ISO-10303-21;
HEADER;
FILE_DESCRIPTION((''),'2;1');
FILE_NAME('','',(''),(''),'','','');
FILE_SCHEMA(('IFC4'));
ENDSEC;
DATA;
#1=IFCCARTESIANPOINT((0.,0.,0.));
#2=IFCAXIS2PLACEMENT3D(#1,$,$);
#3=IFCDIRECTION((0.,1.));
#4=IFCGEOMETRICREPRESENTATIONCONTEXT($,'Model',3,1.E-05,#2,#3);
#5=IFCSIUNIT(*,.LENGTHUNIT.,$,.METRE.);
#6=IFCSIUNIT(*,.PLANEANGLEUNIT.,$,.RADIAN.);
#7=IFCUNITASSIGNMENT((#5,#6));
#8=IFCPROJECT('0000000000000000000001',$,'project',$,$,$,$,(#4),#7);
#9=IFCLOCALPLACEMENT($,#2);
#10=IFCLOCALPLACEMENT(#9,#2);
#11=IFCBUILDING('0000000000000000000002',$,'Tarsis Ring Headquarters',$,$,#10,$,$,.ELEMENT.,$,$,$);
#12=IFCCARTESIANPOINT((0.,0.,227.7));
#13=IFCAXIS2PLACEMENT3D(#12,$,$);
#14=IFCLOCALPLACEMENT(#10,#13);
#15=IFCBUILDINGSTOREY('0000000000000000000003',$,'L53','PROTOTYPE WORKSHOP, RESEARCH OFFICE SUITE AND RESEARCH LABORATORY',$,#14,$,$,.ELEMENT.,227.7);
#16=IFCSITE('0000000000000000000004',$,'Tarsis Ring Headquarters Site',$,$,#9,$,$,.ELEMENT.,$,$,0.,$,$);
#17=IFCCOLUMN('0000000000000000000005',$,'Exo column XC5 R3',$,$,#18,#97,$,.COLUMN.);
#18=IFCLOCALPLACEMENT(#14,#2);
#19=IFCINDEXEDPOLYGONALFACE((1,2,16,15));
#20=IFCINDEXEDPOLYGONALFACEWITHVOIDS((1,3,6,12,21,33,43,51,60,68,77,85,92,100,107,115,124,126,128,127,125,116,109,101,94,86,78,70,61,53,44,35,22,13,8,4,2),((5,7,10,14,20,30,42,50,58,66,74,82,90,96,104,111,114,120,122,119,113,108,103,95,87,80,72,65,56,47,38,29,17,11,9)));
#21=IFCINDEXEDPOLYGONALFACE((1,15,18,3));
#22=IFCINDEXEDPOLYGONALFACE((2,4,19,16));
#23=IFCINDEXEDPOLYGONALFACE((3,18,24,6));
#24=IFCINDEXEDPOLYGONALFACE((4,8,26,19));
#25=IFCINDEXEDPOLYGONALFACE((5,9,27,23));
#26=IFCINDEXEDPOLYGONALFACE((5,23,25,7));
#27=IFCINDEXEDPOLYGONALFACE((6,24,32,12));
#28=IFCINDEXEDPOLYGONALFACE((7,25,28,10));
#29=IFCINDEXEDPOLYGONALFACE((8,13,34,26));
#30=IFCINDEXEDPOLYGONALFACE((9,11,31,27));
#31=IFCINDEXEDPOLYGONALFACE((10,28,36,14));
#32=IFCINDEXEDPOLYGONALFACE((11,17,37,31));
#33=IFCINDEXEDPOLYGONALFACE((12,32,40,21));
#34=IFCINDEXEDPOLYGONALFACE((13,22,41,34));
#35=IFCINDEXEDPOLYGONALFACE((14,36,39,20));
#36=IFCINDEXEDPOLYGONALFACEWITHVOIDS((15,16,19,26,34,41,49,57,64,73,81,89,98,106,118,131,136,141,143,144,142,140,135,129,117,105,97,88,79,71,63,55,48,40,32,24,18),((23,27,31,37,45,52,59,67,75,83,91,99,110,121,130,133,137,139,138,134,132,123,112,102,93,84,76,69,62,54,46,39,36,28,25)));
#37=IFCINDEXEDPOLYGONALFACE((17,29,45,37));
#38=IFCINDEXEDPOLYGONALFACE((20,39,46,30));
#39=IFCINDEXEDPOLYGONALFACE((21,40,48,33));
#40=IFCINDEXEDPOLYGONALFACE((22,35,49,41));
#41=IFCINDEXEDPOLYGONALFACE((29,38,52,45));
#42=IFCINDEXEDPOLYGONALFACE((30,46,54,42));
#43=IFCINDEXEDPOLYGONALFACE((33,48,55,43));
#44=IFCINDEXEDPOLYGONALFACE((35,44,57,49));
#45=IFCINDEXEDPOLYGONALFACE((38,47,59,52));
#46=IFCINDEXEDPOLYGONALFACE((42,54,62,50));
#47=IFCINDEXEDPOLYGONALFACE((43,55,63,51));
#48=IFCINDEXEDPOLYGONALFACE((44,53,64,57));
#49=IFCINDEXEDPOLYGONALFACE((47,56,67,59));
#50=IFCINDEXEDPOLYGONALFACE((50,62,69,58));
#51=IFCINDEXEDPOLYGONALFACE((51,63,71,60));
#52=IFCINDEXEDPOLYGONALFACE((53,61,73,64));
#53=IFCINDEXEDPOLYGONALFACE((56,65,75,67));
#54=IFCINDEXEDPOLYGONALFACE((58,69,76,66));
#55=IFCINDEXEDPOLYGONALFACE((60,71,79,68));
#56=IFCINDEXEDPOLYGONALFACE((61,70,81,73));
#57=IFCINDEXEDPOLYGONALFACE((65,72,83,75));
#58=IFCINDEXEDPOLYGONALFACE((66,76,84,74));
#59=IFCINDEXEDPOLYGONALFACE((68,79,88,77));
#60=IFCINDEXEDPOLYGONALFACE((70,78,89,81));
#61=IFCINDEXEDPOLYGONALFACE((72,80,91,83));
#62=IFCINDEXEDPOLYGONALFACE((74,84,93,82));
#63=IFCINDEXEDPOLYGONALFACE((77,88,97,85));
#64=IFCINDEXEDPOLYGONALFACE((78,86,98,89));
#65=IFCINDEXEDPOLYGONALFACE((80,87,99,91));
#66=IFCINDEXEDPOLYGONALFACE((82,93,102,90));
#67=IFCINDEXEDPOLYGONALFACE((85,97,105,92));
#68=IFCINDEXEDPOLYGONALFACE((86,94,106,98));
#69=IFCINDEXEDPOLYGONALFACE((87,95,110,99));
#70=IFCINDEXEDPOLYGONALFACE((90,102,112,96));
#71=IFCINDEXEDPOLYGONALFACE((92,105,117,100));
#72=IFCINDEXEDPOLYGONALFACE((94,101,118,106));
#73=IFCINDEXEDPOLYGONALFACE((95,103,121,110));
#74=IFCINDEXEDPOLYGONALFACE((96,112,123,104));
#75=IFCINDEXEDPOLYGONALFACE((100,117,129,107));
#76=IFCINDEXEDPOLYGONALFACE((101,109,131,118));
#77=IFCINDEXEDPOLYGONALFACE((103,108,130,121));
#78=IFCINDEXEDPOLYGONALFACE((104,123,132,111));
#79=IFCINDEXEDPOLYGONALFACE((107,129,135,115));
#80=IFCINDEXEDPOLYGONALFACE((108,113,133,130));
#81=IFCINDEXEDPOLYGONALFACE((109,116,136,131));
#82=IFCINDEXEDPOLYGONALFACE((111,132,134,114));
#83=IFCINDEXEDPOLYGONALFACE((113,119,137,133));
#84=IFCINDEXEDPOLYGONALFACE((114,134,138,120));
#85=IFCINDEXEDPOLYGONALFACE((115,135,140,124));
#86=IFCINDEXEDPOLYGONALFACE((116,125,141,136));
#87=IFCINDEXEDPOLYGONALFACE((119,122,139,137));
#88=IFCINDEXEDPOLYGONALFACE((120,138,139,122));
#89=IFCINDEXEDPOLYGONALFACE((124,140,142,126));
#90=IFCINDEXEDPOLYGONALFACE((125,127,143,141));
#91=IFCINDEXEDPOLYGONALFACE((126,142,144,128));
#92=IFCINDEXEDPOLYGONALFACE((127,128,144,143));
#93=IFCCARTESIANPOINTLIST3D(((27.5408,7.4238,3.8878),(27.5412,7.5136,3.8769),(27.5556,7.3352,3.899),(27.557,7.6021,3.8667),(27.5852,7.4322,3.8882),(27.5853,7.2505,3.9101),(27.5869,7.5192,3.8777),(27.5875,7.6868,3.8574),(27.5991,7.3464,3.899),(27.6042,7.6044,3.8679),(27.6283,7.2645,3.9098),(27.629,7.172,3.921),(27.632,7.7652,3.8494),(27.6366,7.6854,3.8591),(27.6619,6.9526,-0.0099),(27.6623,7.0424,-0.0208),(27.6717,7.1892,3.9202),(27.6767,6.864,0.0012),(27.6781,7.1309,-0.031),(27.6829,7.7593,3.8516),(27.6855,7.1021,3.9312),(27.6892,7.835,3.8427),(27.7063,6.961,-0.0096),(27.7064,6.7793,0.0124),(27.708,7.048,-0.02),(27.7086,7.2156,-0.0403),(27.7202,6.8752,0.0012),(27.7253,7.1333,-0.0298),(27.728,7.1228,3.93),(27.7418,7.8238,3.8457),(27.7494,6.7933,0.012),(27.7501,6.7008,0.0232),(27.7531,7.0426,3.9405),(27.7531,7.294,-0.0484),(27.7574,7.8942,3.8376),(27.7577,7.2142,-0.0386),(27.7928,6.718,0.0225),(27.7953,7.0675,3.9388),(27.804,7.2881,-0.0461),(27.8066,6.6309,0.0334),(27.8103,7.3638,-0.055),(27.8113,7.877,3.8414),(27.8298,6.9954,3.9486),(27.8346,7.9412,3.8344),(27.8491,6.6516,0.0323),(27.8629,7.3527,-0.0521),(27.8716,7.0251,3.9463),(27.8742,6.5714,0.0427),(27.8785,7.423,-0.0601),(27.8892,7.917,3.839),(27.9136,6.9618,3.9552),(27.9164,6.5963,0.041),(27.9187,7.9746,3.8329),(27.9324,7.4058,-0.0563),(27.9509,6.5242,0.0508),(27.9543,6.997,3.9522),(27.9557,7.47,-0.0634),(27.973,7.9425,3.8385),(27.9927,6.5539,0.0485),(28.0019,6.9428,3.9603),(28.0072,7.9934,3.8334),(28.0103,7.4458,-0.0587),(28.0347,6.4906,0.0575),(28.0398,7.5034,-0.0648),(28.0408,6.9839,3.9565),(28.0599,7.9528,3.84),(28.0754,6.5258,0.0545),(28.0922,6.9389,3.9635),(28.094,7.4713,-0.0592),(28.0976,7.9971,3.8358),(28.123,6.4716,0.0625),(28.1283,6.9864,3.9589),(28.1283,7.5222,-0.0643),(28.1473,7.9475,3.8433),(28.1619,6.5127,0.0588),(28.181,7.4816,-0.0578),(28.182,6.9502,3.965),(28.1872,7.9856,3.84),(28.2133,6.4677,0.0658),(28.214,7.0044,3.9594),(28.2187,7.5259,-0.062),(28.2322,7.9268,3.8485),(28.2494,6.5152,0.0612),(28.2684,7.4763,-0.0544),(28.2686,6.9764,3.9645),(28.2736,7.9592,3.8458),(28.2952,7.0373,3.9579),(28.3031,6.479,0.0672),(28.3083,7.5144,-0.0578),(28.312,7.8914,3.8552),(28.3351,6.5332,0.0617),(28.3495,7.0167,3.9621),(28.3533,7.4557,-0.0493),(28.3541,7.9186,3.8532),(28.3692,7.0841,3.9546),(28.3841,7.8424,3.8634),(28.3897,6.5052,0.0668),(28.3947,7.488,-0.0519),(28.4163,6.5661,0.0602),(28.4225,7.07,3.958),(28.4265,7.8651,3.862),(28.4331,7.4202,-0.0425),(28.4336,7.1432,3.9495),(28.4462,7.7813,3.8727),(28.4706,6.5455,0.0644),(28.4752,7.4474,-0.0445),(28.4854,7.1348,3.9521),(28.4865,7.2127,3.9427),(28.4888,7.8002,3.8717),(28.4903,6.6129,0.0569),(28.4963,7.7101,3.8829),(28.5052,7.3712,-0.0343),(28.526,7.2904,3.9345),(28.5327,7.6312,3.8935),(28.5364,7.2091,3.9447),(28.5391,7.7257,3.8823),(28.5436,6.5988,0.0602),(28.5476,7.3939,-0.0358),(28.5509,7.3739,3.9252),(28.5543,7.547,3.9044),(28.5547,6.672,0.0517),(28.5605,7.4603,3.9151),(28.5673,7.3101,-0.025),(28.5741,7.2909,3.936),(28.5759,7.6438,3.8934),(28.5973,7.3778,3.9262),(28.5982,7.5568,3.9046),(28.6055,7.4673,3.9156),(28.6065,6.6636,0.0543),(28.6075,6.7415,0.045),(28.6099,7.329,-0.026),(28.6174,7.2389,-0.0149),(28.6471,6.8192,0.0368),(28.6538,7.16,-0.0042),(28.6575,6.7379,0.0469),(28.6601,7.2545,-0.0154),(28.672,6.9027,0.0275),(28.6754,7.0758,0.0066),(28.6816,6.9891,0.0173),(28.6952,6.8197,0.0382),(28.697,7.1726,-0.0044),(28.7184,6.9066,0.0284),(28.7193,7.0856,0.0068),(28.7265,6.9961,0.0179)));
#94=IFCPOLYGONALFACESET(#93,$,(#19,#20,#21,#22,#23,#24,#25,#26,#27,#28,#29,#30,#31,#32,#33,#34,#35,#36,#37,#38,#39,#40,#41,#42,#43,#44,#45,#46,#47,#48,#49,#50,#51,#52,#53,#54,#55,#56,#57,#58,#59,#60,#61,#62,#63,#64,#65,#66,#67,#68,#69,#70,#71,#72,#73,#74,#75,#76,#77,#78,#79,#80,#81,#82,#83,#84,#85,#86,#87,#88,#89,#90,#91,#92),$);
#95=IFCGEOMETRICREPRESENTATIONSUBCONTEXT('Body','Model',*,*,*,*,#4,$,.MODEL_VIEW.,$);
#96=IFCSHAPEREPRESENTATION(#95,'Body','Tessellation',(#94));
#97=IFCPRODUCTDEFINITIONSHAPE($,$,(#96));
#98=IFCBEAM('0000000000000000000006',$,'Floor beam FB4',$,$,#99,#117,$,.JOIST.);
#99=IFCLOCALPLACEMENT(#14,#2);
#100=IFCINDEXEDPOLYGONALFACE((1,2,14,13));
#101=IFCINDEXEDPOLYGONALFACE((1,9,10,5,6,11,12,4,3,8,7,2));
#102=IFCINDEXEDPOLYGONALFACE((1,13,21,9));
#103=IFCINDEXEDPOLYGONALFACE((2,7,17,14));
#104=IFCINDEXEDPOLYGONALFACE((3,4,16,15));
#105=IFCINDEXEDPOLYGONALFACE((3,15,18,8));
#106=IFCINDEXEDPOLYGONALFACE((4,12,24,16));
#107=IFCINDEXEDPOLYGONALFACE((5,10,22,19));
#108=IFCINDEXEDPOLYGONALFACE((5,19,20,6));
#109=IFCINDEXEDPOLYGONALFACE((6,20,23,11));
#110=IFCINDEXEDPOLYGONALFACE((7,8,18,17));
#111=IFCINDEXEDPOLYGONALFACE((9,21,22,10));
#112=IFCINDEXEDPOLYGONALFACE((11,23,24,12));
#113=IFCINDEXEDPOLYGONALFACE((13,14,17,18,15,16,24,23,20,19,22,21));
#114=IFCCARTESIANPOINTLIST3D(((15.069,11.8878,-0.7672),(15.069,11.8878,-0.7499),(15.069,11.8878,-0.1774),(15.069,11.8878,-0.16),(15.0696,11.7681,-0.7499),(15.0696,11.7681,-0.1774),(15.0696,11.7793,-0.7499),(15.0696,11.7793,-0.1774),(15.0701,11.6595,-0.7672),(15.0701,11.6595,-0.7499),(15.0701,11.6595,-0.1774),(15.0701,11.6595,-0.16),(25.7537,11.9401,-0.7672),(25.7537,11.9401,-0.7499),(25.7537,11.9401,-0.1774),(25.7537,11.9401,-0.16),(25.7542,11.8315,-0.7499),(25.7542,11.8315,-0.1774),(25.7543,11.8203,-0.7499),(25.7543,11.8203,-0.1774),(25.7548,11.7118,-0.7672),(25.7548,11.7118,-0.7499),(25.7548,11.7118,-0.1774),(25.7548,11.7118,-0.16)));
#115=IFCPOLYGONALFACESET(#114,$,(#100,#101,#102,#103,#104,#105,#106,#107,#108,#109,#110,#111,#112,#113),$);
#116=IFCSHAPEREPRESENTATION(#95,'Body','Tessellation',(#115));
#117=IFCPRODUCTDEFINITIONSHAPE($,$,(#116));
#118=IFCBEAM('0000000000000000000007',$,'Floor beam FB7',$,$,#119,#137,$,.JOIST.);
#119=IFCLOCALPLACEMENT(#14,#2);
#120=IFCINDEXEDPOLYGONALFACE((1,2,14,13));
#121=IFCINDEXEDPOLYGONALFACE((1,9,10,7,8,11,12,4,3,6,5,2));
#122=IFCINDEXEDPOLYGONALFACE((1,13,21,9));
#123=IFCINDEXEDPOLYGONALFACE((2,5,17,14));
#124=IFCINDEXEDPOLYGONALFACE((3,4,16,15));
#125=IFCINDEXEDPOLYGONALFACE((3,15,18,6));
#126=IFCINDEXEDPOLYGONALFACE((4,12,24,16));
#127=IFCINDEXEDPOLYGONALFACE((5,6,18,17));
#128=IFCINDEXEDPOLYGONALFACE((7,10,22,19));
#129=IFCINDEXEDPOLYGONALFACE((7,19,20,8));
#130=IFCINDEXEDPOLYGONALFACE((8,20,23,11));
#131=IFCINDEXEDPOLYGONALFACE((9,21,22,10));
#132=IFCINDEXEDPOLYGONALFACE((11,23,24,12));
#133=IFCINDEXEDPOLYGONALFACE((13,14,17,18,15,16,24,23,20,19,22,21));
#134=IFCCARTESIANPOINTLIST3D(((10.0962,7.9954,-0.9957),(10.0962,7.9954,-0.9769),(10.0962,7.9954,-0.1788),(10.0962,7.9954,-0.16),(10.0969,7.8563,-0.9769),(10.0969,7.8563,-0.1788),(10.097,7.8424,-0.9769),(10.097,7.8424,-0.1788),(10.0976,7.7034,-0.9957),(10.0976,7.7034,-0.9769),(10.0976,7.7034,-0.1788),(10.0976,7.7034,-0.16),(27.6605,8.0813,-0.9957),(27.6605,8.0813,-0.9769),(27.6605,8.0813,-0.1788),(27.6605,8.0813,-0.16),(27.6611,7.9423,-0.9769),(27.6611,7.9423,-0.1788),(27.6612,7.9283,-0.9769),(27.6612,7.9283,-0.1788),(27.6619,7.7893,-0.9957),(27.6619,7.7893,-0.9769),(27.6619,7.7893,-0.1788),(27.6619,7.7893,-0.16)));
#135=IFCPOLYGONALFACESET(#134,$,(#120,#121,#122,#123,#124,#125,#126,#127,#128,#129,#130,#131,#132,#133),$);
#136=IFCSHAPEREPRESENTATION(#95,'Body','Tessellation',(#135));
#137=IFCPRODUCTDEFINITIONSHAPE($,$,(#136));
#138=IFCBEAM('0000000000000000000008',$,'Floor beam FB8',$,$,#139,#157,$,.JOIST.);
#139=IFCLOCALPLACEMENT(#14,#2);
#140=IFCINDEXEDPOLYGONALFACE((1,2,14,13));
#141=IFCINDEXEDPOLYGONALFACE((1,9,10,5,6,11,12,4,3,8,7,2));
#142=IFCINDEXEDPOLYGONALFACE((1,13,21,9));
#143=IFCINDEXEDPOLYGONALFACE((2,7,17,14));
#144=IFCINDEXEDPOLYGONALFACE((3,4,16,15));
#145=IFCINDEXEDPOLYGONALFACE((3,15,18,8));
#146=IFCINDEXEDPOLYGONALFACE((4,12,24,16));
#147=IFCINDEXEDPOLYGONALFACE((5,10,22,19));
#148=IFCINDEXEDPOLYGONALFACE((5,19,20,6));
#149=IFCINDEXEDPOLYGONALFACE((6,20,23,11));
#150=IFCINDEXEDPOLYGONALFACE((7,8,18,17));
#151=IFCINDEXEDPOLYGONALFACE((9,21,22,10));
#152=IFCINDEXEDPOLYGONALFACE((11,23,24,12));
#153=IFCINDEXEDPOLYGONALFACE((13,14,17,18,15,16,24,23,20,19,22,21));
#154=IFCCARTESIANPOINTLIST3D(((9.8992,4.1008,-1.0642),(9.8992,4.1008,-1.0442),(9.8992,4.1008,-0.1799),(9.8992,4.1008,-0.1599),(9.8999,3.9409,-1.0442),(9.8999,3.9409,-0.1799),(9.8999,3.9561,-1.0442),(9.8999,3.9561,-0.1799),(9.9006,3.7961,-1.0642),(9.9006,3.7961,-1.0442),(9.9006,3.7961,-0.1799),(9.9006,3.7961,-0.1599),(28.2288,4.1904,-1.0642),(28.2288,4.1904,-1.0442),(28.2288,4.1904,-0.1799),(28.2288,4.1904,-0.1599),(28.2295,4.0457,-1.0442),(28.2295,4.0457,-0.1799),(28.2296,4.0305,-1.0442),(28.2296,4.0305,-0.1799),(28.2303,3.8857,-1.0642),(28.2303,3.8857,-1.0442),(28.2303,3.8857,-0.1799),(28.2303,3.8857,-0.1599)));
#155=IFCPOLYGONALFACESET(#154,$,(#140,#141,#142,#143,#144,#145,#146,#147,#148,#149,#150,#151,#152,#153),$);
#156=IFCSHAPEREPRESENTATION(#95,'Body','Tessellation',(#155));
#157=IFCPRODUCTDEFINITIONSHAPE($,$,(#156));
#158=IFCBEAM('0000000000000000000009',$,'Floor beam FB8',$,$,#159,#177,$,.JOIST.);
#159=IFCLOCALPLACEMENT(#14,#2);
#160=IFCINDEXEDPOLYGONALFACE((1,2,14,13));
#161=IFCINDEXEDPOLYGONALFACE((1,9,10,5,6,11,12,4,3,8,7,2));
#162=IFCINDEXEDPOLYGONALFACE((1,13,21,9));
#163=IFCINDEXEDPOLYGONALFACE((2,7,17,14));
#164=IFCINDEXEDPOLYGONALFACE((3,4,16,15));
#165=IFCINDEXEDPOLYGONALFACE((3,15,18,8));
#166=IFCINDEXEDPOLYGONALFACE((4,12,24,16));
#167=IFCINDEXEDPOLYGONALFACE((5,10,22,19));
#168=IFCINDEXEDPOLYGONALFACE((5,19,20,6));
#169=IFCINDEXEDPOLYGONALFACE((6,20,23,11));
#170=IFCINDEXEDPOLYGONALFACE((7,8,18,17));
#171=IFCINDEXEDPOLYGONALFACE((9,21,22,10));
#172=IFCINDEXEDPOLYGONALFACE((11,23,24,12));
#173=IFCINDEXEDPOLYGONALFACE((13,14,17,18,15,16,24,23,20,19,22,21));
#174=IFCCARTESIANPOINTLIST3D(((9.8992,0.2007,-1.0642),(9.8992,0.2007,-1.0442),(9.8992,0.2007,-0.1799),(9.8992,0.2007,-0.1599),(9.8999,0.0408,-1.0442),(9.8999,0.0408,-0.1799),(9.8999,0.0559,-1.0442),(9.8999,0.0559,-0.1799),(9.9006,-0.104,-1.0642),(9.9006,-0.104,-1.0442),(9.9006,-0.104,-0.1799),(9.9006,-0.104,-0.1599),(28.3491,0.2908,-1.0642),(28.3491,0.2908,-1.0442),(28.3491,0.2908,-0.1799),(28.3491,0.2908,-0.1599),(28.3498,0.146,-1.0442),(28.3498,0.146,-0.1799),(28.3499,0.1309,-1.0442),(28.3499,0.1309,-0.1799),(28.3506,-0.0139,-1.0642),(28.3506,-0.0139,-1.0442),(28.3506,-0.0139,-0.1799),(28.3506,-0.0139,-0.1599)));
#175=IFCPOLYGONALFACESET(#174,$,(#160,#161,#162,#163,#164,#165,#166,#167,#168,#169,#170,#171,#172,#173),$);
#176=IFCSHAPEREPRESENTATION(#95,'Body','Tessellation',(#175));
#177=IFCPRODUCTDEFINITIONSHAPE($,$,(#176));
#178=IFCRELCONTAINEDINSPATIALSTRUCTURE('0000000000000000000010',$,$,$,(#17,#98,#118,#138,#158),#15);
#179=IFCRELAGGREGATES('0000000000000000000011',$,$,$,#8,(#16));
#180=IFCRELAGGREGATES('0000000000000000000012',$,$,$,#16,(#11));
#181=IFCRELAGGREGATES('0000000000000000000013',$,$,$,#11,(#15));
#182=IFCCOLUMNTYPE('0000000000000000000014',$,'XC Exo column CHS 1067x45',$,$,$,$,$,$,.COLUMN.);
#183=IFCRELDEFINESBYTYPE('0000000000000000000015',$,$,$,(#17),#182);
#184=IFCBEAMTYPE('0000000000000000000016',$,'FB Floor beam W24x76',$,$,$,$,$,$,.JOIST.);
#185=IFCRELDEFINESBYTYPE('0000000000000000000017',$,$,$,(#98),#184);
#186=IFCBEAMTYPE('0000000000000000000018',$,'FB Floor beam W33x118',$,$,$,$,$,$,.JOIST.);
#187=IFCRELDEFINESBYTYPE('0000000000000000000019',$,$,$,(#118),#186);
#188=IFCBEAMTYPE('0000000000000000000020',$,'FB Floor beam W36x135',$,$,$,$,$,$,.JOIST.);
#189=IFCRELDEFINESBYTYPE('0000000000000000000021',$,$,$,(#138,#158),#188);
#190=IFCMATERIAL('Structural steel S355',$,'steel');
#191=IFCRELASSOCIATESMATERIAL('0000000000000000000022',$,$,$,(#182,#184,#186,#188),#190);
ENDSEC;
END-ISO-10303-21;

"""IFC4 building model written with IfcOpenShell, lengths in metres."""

from ifc_helpers import new_model, si_unit, direction, frame, origin, origin_2d, place, context, subcontext, project, spatial, hollow_circle, i_section, extrude, material, material_profile, profile_set, type_object, element, save


model = new_model("IFC4")

# Units and contexts
model_context = context("Model", 3, precision=1e-05, world=origin(), true_north=direction((0.0, 1.0)))
body_context = subcontext(model_context, "Body", "Model", "MODEL_VIEW")
ifc_project = project(units=[si_unit("LENGTHUNIT", "METRE"), si_unit("PLANEANGLEUNIT", "RADIAN")], contexts=[model_context])

# Site, building, storey
site_placement = place(None, origin())
site = spatial("IfcSite", under=ifc_project, at=site_placement, Name="Tarsis Ring Headquarters Site", CompositionType="ELEMENT", RefElevation=0.0)
building_placement = place(site_placement, origin())
building = spatial("IfcBuilding", under=site, at=building_placement, Name="Tarsis Ring Headquarters", CompositionType="ELEMENT")
storey_placement = place(building_placement, frame((0.0, 0.0, 227.7)))
storey = spatial("IfcBuildingStorey", under=building, at=storey_placement, Name="L53", Description="PROTOTYPE WORKSHOP, RESEARCH OFFICE SUITE AND RESEARCH LABORATORY", CompositionType="ELEMENT", Elevation=227.7)

# Column
ifc_material_1 = material(Name="Structural steel S355", Category="steel")
ifc_material_profile_1 = material_profile(ifc_material_1, hollow_circle(Radius=0.5334, WallThickness=0.0449, at=origin_2d()), Name="CHS 1067x45")
ifc_profile_set_1 = profile_set([ifc_material_profile_1], Name="Structural steel S355")
column_type = type_object("IfcColumnType", Name="XC Exo column CHS 1067x45", PredefinedType="COLUMN", material=ifc_profile_set_1)
column_placement = place(storey_placement, frame((28.1934, 6.9968, 0.0012), z_axis=(-0.030829, 0.119959, 0.9923), x_axis=(-0.968528, -0.248907, 0.0)))
element("IfcColumn", 1, at=column_placement, inside=storey, type_object=column_type, Name="Exo column XC5 R3", PredefinedType="COLUMN", context=body_context, shape_type="SweptSolid", body=[
    extrude(hollow_circle(Radius=0.5334, WallThickness=0.0449, at=origin_2d()), origin(), (0.0, 0.0, 1.0), 3.928),
])

# Beams
ifc_material_profile_2 = material_profile(ifc_material_1, i_section(OverallWidth=0.2283, OverallDepth=0.6072, WebThickness=0.0112, FlangeThickness=0.0173, at=origin_2d()), Name="W24x76")
ifc_profile_set_2 = profile_set([ifc_material_profile_2], Name="Structural steel S355")
beam_type_1 = type_object("IfcBeamType", Name="FB Floor beam W24x76", PredefinedType="JOIST", material=ifc_profile_set_2)
beam_1_placement = place(storey_placement, frame((15.0696, 11.7737, -0.4636), z_axis=(0.999988, 0.00489, 0.0), x_axis=(-0.00489, 0.999988, 0.0)))
element("IfcBeam", 2, at=beam_1_placement, inside=storey, type_object=beam_type_1, Name="Floor beam FB4", PredefinedType="JOIST", context=body_context, shape_type="SweptSolid", body=[
    extrude(i_section(OverallWidth=0.2283, OverallDepth=0.6072, WebThickness=0.0112, FlangeThickness=0.0173, at=origin_2d()), origin(), (0.0, 0.0, 1.0), 10.6848),
])
ifc_material_profile_3 = material_profile(ifc_material_1, i_section(OverallWidth=0.292, OverallDepth=0.8357, WebThickness=0.0139, FlangeThickness=0.0188, at=origin_2d()), Name="W33x118")
ifc_profile_set_3 = profile_set([ifc_material_profile_3], Name="Structural steel S355")
beam_type_2 = type_object("IfcBeamType", Name="FB Floor beam W33x118", PredefinedType="JOIST", material=ifc_profile_set_3)
beam_2_placement = place(storey_placement, frame((10.0969, 7.8494, -0.5779), z_axis=(0.999988, 0.004893, 0.0), x_axis=(-0.004893, 0.999988, 0.0)))
element("IfcBeam", 3, at=beam_2_placement, inside=storey, type_object=beam_type_2, Name="Floor beam FB7", PredefinedType="JOIST", context=body_context, shape_type="SweptSolid", body=[
    extrude(i_section(OverallWidth=0.292, OverallDepth=0.8357, WebThickness=0.0139, FlangeThickness=0.0188, at=origin_2d()), origin(), (0.0, 0.0, 1.0), 17.5645),
])
ifc_material_profile_4 = material_profile(ifc_material_1, i_section(OverallWidth=0.3047, OverallDepth=0.9043, WebThickness=0.0151, FlangeThickness=0.02, at=origin_2d()), Name="W36x135")
ifc_profile_set_4 = profile_set([ifc_material_profile_4], Name="Structural steel S355")
beam_type_3 = type_object("IfcBeamType", Name="FB Floor beam W36x135", PredefinedType="JOIST", material=ifc_profile_set_4)
beam_3_placement = place(storey_placement, frame((9.8999, 3.9485, -0.6121), z_axis=(0.999988, 0.004888, 0.0), x_axis=(-0.004888, 0.999988, 0.0)))
element("IfcBeam", 4, at=beam_3_placement, inside=storey, type_object=beam_type_3, Name="Floor beam FB8", PredefinedType="JOIST", context=body_context, shape_type="SweptSolid", body=[
    extrude(i_section(OverallWidth=0.3047, OverallDepth=0.9043, WebThickness=0.0151, FlangeThickness=0.02, at=origin_2d()), origin(), (0.0, 0.0, 1.0), 18.3298),
])
beam_4_placement = place(storey_placement, frame((9.8999, 0.0483, -0.6121), z_axis=(0.999988, 0.004883, 0.0), x_axis=(-0.004883, 0.999988, 0.0)))
element("IfcBeam", 5, at=beam_4_placement, inside=storey, type_object=beam_type_3, Name="Floor beam FB8", PredefinedType="JOIST", context=body_context, shape_type="SweptSolid", body=[
    extrude(i_section(OverallWidth=0.3047, OverallDepth=0.9043, WebThickness=0.0151, FlangeThickness=0.02, at=origin_2d()), origin(), (0.0, 0.0, 1.0), 18.4502),
])

save(model, "model.ifc")
